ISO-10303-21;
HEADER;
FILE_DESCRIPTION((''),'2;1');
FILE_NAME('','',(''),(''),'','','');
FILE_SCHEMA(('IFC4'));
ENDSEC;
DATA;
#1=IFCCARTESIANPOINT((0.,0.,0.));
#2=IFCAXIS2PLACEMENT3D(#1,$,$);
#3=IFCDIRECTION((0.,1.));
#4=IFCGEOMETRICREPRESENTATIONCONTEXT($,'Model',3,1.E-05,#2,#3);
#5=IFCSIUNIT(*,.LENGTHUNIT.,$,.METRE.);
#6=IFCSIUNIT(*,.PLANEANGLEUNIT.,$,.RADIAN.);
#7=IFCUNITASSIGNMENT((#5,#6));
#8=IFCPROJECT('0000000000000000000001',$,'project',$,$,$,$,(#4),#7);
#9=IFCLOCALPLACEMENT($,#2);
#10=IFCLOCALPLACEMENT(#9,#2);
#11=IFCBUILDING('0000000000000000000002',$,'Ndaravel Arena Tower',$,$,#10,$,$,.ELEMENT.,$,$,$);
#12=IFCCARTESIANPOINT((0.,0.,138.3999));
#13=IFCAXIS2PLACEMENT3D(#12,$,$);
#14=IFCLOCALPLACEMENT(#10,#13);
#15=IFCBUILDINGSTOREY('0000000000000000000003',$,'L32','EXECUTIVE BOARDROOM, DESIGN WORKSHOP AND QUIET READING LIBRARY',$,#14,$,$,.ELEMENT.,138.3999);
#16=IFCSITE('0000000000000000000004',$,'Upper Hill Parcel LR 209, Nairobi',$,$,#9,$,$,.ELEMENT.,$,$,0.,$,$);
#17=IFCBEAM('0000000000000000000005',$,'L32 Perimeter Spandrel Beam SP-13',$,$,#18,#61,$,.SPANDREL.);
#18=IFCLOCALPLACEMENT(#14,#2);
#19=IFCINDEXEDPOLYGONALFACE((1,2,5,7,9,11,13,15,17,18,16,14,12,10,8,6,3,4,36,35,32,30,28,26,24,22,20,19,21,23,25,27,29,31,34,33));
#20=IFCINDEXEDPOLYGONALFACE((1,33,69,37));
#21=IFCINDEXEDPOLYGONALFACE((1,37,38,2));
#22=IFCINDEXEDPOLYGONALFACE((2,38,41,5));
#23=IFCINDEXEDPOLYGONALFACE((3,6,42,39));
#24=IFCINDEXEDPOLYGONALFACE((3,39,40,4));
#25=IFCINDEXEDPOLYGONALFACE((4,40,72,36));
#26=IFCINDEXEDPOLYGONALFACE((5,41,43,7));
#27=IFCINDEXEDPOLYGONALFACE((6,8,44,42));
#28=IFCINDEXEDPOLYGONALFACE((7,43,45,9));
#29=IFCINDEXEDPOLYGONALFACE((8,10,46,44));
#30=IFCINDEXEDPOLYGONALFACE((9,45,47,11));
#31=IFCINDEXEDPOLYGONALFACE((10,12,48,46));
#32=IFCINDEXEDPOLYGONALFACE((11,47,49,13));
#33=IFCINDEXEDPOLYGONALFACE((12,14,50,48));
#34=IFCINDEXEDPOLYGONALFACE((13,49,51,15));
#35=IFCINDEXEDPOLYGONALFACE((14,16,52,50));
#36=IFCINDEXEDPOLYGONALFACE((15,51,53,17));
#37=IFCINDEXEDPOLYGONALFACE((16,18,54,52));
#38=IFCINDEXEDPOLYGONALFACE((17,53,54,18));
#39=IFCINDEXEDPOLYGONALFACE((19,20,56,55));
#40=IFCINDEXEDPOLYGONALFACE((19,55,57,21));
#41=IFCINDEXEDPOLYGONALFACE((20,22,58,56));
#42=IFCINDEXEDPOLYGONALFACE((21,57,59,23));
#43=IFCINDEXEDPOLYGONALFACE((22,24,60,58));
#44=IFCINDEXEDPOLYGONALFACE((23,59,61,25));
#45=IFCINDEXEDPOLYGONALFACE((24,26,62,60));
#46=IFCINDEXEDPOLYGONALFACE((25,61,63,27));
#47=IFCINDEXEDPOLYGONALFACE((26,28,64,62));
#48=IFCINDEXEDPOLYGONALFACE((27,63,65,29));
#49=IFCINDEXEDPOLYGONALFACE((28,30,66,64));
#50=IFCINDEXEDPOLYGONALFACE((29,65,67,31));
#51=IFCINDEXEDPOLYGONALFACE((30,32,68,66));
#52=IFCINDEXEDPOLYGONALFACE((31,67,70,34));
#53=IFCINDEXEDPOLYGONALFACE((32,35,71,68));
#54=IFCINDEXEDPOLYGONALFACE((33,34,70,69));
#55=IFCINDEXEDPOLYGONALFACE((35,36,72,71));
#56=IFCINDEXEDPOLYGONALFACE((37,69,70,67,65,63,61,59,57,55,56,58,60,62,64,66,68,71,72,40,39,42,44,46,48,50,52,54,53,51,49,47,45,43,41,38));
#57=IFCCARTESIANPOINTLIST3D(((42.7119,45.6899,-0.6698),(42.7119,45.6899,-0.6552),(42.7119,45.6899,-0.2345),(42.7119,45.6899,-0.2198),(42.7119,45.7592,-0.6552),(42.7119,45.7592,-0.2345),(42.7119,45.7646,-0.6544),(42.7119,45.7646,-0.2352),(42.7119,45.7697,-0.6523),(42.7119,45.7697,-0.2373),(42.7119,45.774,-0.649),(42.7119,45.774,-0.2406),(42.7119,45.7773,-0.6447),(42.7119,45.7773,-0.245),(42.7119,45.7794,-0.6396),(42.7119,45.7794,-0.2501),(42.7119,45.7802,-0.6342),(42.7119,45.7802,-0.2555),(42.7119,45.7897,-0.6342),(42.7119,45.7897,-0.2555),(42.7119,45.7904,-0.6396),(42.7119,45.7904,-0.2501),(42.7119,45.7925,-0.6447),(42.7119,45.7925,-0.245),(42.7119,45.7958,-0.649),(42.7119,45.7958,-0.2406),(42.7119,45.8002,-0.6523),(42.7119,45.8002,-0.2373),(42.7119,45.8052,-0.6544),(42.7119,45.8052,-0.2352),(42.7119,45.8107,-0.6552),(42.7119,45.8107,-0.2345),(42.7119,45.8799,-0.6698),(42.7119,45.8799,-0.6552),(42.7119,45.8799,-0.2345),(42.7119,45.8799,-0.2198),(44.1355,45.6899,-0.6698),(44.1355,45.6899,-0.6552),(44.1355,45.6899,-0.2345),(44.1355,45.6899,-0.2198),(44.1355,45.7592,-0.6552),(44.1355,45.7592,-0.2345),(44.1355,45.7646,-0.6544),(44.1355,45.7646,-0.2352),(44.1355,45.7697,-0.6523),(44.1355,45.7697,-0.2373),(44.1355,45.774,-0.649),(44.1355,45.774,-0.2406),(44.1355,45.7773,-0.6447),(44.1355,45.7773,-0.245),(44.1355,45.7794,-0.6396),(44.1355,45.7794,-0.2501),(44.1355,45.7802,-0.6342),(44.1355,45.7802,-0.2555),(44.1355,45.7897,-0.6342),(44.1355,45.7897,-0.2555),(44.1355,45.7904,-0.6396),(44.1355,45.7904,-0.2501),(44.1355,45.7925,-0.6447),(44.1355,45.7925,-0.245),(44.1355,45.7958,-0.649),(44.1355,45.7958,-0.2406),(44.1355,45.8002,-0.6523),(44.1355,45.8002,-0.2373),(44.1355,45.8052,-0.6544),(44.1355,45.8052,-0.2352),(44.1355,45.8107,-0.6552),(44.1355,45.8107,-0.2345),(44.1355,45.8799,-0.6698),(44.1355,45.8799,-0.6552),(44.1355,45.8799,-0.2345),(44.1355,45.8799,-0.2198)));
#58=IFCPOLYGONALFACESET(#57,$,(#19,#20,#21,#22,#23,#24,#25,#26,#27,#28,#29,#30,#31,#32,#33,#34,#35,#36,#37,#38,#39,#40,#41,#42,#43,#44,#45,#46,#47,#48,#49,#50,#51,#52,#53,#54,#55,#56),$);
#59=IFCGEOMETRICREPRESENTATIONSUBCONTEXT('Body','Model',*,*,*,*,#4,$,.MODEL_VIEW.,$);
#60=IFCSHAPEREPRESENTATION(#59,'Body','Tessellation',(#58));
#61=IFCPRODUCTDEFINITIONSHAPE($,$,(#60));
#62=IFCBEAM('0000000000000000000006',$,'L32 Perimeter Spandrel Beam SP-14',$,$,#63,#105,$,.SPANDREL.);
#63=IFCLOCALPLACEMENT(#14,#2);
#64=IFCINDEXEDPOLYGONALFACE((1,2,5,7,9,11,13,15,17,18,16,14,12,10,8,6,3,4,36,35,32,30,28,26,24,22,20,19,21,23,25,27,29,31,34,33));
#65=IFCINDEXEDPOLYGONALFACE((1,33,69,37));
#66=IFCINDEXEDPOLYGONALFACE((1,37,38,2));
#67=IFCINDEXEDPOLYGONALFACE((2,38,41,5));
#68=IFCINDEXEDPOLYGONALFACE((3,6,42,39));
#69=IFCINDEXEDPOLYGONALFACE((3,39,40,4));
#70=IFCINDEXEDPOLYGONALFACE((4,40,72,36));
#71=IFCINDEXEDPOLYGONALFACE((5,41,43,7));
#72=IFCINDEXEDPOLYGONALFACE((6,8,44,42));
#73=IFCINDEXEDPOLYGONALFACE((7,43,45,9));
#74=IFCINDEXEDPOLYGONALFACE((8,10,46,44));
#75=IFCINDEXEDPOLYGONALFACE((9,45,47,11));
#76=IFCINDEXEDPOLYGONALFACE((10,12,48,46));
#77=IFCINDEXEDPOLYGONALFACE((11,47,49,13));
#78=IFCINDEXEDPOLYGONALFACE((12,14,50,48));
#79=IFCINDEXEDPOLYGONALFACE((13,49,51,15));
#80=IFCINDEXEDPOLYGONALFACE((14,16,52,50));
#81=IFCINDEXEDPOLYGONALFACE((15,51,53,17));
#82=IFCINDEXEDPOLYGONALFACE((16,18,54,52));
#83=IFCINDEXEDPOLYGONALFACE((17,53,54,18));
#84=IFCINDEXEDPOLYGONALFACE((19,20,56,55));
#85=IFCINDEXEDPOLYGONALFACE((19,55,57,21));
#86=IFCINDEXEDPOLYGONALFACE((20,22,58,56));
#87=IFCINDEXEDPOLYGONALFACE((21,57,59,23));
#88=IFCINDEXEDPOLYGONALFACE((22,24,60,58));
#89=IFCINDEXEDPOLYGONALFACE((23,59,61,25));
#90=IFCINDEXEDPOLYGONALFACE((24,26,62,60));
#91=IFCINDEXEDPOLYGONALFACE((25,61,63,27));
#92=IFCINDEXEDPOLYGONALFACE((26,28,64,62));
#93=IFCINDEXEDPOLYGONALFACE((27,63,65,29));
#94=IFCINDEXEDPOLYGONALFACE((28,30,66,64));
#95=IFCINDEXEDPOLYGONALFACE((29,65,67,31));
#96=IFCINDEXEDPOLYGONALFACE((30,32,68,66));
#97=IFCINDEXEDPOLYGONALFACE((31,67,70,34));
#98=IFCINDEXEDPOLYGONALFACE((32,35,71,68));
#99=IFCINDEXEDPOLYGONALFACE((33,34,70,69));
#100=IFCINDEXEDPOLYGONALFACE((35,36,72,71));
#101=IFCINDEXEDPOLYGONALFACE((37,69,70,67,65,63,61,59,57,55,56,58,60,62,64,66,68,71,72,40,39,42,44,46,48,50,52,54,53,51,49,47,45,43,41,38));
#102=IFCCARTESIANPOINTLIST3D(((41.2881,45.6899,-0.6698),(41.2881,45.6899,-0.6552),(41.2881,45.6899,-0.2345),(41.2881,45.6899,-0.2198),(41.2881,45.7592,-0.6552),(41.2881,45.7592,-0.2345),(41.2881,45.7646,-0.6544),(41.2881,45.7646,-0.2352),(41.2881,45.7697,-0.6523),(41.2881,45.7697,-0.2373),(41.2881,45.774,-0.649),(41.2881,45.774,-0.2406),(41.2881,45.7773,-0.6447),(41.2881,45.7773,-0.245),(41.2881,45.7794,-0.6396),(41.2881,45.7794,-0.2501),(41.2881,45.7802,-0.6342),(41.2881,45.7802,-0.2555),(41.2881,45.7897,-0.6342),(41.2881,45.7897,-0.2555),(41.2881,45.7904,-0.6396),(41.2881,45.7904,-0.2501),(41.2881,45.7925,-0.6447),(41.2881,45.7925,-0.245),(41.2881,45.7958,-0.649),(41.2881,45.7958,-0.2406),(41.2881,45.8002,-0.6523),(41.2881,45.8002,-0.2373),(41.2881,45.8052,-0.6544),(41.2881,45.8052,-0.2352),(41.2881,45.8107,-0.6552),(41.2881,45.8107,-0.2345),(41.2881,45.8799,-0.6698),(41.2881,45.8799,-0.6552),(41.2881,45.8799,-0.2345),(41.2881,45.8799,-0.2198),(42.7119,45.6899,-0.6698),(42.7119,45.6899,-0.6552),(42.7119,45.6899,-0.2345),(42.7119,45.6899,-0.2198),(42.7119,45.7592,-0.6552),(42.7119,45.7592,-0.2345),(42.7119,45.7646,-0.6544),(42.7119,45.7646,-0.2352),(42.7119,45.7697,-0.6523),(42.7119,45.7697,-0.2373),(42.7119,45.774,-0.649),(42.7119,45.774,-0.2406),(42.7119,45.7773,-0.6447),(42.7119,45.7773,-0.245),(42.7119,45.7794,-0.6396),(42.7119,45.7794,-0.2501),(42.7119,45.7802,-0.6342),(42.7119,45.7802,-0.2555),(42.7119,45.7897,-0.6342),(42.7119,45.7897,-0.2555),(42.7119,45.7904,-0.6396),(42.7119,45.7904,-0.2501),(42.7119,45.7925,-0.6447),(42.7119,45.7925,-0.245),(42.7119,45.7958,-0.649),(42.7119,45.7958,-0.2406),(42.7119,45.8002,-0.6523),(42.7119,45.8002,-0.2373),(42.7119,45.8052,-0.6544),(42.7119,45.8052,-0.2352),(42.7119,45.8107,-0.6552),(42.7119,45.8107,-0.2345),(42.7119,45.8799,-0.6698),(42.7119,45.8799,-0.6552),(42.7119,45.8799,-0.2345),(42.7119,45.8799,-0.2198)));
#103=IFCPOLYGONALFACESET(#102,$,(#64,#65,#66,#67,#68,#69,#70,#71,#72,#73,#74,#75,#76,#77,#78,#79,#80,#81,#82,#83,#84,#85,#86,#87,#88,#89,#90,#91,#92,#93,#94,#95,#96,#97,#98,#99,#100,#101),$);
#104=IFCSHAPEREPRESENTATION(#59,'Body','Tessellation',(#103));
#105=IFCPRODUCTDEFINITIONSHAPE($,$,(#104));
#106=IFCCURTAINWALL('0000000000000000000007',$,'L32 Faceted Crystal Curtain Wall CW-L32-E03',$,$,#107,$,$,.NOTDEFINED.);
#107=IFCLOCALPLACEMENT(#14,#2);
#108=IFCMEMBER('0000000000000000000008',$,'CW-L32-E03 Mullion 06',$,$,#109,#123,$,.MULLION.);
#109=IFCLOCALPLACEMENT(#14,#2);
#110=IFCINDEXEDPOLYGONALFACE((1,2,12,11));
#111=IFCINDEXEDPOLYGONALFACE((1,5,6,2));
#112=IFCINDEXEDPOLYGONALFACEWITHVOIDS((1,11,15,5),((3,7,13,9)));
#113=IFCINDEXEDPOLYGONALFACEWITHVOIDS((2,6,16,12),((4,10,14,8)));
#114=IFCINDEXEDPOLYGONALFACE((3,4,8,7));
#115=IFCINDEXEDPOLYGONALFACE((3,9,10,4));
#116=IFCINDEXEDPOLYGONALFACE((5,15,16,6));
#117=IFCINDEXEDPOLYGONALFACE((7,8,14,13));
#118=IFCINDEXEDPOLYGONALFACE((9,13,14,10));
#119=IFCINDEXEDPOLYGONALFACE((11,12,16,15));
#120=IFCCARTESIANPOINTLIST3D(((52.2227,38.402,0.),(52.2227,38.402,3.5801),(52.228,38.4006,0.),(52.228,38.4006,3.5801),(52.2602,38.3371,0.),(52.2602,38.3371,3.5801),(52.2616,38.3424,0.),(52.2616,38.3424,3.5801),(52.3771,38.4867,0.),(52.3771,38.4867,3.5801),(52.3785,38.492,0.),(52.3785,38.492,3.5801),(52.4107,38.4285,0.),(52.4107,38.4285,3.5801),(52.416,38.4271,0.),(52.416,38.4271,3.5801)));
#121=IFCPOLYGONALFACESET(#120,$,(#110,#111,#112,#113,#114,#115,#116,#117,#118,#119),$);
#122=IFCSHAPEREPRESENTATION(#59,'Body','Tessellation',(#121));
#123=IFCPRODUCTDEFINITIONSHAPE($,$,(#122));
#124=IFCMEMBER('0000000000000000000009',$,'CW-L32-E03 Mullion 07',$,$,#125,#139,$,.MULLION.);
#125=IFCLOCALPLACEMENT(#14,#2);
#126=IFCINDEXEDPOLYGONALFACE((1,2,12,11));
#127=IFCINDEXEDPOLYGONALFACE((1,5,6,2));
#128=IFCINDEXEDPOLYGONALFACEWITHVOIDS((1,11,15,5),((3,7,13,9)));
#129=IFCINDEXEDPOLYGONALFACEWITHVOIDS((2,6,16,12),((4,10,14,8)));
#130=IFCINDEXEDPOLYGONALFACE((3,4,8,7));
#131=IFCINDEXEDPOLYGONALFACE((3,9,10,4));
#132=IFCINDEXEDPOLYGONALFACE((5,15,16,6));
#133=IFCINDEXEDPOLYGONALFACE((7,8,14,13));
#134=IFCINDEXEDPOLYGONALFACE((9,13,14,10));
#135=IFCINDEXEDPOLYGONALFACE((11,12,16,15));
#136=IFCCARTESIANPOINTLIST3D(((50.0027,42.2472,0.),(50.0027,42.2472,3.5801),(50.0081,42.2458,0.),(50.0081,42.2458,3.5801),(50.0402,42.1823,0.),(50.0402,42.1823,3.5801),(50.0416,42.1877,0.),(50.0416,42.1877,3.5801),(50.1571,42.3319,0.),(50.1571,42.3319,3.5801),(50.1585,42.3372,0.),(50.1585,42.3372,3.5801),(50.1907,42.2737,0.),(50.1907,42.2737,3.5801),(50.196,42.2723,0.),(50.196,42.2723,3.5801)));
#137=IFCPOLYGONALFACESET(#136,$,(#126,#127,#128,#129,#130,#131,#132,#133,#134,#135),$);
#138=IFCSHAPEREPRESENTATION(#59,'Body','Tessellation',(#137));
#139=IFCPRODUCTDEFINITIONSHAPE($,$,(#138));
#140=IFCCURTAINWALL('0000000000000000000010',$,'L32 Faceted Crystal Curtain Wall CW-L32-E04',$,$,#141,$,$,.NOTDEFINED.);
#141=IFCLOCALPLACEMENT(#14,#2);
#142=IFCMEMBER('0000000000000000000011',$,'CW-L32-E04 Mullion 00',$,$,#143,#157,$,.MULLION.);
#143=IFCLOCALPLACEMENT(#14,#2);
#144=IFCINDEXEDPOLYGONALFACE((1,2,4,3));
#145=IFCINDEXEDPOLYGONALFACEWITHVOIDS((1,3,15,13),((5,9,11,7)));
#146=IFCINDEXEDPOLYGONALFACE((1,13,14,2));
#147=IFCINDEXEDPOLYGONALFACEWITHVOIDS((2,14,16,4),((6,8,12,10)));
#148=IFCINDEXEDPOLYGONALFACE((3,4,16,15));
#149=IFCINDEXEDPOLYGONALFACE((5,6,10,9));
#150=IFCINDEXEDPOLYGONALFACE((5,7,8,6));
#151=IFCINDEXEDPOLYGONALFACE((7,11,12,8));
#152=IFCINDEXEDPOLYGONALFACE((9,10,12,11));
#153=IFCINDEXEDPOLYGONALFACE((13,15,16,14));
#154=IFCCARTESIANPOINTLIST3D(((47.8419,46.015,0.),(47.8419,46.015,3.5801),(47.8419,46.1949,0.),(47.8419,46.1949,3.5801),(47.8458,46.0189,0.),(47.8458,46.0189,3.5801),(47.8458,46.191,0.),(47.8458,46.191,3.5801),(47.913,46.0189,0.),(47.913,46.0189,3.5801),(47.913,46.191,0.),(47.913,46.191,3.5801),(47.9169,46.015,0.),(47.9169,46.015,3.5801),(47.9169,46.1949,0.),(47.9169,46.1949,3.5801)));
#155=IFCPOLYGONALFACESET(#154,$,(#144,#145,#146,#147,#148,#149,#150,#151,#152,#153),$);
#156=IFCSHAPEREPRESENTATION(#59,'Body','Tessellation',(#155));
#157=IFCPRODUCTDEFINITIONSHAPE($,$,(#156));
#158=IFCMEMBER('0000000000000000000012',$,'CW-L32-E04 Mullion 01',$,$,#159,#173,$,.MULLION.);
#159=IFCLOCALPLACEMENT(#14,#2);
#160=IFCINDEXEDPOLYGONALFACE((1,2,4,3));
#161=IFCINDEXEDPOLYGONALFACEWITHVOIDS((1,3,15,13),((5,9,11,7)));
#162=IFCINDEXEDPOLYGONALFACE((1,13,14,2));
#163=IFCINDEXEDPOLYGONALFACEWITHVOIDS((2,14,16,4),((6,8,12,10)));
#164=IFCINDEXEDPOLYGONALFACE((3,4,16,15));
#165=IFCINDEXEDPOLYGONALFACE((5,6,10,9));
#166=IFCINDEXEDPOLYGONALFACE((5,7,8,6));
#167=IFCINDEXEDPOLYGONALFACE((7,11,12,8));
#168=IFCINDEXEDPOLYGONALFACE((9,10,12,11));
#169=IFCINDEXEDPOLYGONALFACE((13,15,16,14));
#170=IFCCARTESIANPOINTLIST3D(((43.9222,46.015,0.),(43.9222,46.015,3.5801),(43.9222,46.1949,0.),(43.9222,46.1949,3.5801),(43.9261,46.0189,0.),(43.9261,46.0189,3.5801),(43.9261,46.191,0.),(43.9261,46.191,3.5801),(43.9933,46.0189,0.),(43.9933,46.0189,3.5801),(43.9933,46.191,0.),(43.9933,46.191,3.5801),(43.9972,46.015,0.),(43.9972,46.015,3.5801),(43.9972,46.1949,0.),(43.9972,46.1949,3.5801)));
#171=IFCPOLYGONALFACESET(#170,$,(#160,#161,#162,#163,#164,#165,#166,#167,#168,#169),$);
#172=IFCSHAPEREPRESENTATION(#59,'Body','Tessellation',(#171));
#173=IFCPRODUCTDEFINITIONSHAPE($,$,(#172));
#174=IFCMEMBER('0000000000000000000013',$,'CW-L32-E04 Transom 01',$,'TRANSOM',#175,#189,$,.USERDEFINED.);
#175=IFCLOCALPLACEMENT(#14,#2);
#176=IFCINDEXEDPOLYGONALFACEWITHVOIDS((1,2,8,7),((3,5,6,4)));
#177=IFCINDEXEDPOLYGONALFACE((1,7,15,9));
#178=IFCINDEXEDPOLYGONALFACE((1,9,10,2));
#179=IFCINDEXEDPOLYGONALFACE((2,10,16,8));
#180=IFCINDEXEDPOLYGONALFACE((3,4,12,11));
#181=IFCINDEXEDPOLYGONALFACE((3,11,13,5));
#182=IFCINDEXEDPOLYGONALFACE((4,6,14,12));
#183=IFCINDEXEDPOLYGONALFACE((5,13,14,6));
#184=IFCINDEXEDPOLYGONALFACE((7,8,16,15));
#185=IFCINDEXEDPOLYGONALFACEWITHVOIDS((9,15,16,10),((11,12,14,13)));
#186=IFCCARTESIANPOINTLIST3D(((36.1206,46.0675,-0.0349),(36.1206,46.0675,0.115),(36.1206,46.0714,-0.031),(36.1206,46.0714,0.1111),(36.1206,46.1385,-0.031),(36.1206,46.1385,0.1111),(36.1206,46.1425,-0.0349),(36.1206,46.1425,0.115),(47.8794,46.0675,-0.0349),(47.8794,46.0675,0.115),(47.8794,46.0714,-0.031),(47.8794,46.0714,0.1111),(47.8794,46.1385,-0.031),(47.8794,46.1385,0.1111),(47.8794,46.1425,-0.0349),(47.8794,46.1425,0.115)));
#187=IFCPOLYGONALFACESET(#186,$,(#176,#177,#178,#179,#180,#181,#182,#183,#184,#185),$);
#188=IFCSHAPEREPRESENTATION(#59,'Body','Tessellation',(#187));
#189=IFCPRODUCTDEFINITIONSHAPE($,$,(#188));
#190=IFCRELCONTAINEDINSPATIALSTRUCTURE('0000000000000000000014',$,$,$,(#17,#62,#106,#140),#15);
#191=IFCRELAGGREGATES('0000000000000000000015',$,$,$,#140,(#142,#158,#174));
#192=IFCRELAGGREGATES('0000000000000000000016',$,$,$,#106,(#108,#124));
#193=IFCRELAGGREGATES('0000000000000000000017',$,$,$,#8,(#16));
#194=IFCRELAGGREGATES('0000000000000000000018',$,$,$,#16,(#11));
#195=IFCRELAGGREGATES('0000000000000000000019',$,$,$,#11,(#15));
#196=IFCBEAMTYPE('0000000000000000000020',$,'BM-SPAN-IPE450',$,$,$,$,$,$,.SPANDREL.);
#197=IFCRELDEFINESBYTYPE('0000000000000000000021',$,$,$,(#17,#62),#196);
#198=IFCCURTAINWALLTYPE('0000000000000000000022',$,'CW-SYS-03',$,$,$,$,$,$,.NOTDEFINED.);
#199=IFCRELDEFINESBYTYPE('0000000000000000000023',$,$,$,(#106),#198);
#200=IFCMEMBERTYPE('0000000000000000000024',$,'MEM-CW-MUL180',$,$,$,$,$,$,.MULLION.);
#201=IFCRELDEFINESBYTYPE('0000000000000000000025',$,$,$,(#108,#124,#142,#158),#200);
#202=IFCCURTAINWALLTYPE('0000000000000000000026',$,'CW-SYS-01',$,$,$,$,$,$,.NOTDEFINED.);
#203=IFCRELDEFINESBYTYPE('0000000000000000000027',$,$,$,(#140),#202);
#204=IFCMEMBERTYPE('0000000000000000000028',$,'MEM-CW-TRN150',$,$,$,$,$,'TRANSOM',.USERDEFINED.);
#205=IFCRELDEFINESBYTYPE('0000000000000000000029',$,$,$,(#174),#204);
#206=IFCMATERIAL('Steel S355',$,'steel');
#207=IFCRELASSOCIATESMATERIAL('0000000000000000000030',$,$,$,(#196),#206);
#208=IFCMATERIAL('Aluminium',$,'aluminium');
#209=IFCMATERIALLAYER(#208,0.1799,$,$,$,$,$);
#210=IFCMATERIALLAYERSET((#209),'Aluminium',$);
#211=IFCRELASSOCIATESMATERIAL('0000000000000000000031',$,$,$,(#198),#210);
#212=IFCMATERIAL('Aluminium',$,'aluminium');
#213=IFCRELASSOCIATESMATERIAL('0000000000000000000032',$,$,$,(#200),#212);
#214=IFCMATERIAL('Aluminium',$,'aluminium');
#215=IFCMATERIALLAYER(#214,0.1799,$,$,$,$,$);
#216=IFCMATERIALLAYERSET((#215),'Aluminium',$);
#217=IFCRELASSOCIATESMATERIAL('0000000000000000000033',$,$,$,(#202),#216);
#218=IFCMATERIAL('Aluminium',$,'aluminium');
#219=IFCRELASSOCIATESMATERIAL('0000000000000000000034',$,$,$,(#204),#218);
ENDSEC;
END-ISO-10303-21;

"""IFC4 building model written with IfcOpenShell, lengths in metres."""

from ifc_helpers import new_model, si_unit, direction, frame, origin, origin_2d, place, context, subcontext, project, spatial, hollow_rectangle, i_section, extrude, material, layer, layer_set, material_profile, profile_set, type_object, element, aggregate, save


model = new_model("IFC4")

# Units and contexts
model_context = context("Model", 3, precision=1e-05, world=origin(), true_north=direction((0.0, 1.0)))
body_context = subcontext(model_context, "Body", "Model", "MODEL_VIEW")
ifc_project = project(units=[si_unit("LENGTHUNIT", "METRE"), si_unit("PLANEANGLEUNIT", "RADIAN")], contexts=[model_context])

# Site, building, storey
site_placement = place(None, origin())
site = spatial("IfcSite", under=ifc_project, at=site_placement, Name="Upper Hill Parcel LR 209, Nairobi", CompositionType="ELEMENT", RefElevation=0.0)
building_placement = place(site_placement, origin())
building = spatial("IfcBuilding", under=site, at=building_placement, Name="Ndaravel Arena Tower", CompositionType="ELEMENT")
storey_placement = place(building_placement, frame((0.0, 0.0, 138.3999)))
storey = spatial("IfcBuildingStorey", under=building, at=storey_placement, Name="L32", Description="EXECUTIVE BOARDROOM, DESIGN WORKSHOP AND QUIET READING LIBRARY", CompositionType="ELEMENT", Elevation=138.3999)

# Beams
ifc_material_1 = material(Name="Steel S355", Category="steel")
ifc_material_profile_1 = material_profile(ifc_material_1, i_section(OverallWidth=0.1899, OverallDepth=0.45, WebThickness=0.0095, FlangeThickness=0.0146, FilletRadius=0.021, at=origin_2d()), Name="IPE 450")
ifc_profile_set_1 = profile_set([ifc_material_profile_1], Name="Steel S355")
beam_type_1 = type_object("IfcBeamType", Name="BM-SPAN-IPE450", PredefinedType="SPANDREL", material=ifc_profile_set_1)
for number, where, z_axis, x_axis, name in (
    (1, (44.1355, 45.7849, -0.4448), (-1.0, 0.0, 0.0), (0.0, -1.0, 0.0), "L32 Perimeter Spandrel Beam SP-13"),
):
    element("IfcBeam", number, at=place(storey_placement, frame(where, z_axis=z_axis, x_axis=x_axis)), inside=storey, type_object=beam_type_1, Name=name, PredefinedType="SPANDREL", context=body_context, shape_type="SweptSolid", body=[
        extrude(i_section(OverallWidth=0.1899, OverallDepth=0.45, WebThickness=0.0095, FlangeThickness=0.0146, FilletRadius=0.021, at=origin_2d()), origin(), (0.0, 0.0, 1.0), 1.4236),
    ])
beam_1_placement = place(storey_placement, frame((42.7119, 45.7849, -0.4448), z_axis=(-1.0, 0.0, 0.0), x_axis=(0.0, -1.0, 0.0)))
element("IfcBeam", 2, at=beam_1_placement, inside=storey, type_object=beam_type_1, Name="L32 Perimeter Spandrel Beam SP-14", PredefinedType="SPANDREL", context=body_context, shape_type="SweptSolid", body=[
    extrude(i_section(OverallWidth=0.1899, OverallDepth=0.45, WebThickness=0.0095, FlangeThickness=0.0146, FilletRadius=0.021, at=origin_2d()), origin(), (0.0, 0.0, 1.0), 1.4238),
])

# Curtain wall, members
ifc_material_2 = material(Name="Aluminium", Category="aluminium")
ifc_layer_1 = layer(ifc_material_2, 0.1799)
ifc_layer_set_1 = layer_set([ifc_layer_1], Name="Aluminium")
curtain_wall_type_1 = type_object("IfcCurtainWallType", Name="CW-SYS-03", PredefinedType="NOTDEFINED", material=ifc_layer_set_1)
curtain_wall_1_placement = place(storey_placement, origin())
curtain_wall_1 = element("IfcCurtainWall", 3, at=curtain_wall_1_placement, inside=storey, type_object=curtain_wall_type_1, Name="L32 Faceted Crystal Curtain Wall CW-L32-E03", PredefinedType="NOTDEFINED")
ifc_material_3 = material(Name="Aluminium", Category="aluminium")
ifc_material_profile_2 = material_profile(ifc_material_3, hollow_rectangle(XDim=0.075, YDim=0.1799, WallThickness=0.0039, at=origin_2d()), Name="CW MULLION 75x180x4")
ifc_profile_set_2 = profile_set([ifc_material_profile_2], Name="Aluminium")
member_type_1 = type_object("IfcMemberType", Name="MEM-CW-MUL180", PredefinedType="MULLION", material=ifc_profile_set_2)
member_1_placement = place(storey_placement, frame((52.3193, 38.4146, 0.0), z_axis=(0.0, 0.0, 1.0), x_axis=(-0.5, 0.866025, 0.0)))
member_1 = element("IfcMember", 4, at=member_1_placement, type_object=member_type_1, Name="CW-L32-E03 Mullion 06", PredefinedType="MULLION", context=body_context, shape_type="SweptSolid", body=[
    extrude(hollow_rectangle(XDim=0.075, YDim=0.1799, WallThickness=0.0039, at=origin_2d()), origin(), (0.0, 0.0, 1.0), 3.5801),
])
member_2_placement = place(storey_placement, frame((50.0994, 42.2598, 0.0), z_axis=(0.0, 0.0, 1.0), x_axis=(-0.5, 0.866025, 0.0)))
member_2 = element("IfcMember", 5, at=member_2_placement, type_object=member_type_1, Name="CW-L32-E03 Mullion 07", PredefinedType="MULLION", context=body_context, shape_type="SweptSolid", body=[
    extrude(hollow_rectangle(XDim=0.075, YDim=0.1799, WallThickness=0.0039, at=origin_2d()), origin(), (0.0, 0.0, 1.0), 3.5801),
])

# Curtain wall, members
ifc_material_4 = material(Name="Aluminium", Category="aluminium")
ifc_layer_2 = layer(ifc_material_4, 0.1799)
ifc_layer_set_2 = layer_set([ifc_layer_2], Name="Aluminium")
curtain_wall_type_2 = type_object("IfcCurtainWallType", Name="CW-SYS-01", PredefinedType="NOTDEFINED", material=ifc_layer_set_2)
curtain_wall_2_placement = place(storey_placement, origin())
curtain_wall_2 = element("IfcCurtainWall", 6, at=curtain_wall_2_placement, inside=storey, type_object=curtain_wall_type_2, Name="L32 Faceted Crystal Curtain Wall CW-L32-E04", PredefinedType="NOTDEFINED")
member_3_placement = place(storey_placement, frame((47.8794, 46.105, 0.0), z_axis=(0.0, 0.0, 1.0), x_axis=(-1.0, 0.0, 0.0)))
member_3 = element("IfcMember", 7, at=member_3_placement, type_object=member_type_1, Name="CW-L32-E04 Mullion 00", PredefinedType="MULLION", context=body_context, shape_type="SweptSolid", body=[
    extrude(hollow_rectangle(XDim=0.075, YDim=0.1799, WallThickness=0.0039, at=origin_2d()), origin(), (0.0, 0.0, 1.0), 3.5801),
])
member_4_placement = place(storey_placement, frame((43.9597, 46.105, 0.0), z_axis=(0.0, 0.0, 1.0), x_axis=(-1.0, 0.0, 0.0)))
member_4 = element("IfcMember", 8, at=member_4_placement, type_object=member_type_1, Name="CW-L32-E04 Mullion 01", PredefinedType="MULLION", context=body_context, shape_type="SweptSolid", body=[
    extrude(hollow_rectangle(XDim=0.075, YDim=0.1799, WallThickness=0.0039, at=origin_2d()), origin(), (0.0, 0.0, 1.0), 3.5801),
])
ifc_material_5 = material(Name="Aluminium", Category="aluminium")
ifc_material_profile_3 = material_profile(ifc_material_5, hollow_rectangle(XDim=0.075, YDim=0.1499, WallThickness=0.0039, at=origin_2d()), Name="CW TRANSOM 75x150x4")
ifc_profile_set_3 = profile_set([ifc_material_profile_3], Name="Aluminium")
member_type_2 = type_object("IfcMemberType", Name="MEM-CW-TRN150", ElementType="TRANSOM", PredefinedType="USERDEFINED", material=ifc_profile_set_3)
member_5_placement = place(storey_placement, frame((47.8794, 46.105, 0.04), z_axis=(-1.0, 0.0, 0.0), x_axis=(0.0, -1.0, 0.0)))
member_5 = element("IfcMember", 9, at=member_5_placement, type_object=member_type_2, Name="CW-L32-E04 Transom 01", ObjectType="TRANSOM", PredefinedType="USERDEFINED", context=body_context, shape_type="SweptSolid", body=[
    extrude(hollow_rectangle(XDim=0.075, YDim=0.1499, WallThickness=0.0039, at=origin_2d()), origin(), (0.0, 0.0, 1.0), 11.7588),
])
aggregate(curtain_wall_2, [member_3, member_4, member_5])

aggregate(curtain_wall_1, [member_1, member_2])

save(model, "model.ifc")
